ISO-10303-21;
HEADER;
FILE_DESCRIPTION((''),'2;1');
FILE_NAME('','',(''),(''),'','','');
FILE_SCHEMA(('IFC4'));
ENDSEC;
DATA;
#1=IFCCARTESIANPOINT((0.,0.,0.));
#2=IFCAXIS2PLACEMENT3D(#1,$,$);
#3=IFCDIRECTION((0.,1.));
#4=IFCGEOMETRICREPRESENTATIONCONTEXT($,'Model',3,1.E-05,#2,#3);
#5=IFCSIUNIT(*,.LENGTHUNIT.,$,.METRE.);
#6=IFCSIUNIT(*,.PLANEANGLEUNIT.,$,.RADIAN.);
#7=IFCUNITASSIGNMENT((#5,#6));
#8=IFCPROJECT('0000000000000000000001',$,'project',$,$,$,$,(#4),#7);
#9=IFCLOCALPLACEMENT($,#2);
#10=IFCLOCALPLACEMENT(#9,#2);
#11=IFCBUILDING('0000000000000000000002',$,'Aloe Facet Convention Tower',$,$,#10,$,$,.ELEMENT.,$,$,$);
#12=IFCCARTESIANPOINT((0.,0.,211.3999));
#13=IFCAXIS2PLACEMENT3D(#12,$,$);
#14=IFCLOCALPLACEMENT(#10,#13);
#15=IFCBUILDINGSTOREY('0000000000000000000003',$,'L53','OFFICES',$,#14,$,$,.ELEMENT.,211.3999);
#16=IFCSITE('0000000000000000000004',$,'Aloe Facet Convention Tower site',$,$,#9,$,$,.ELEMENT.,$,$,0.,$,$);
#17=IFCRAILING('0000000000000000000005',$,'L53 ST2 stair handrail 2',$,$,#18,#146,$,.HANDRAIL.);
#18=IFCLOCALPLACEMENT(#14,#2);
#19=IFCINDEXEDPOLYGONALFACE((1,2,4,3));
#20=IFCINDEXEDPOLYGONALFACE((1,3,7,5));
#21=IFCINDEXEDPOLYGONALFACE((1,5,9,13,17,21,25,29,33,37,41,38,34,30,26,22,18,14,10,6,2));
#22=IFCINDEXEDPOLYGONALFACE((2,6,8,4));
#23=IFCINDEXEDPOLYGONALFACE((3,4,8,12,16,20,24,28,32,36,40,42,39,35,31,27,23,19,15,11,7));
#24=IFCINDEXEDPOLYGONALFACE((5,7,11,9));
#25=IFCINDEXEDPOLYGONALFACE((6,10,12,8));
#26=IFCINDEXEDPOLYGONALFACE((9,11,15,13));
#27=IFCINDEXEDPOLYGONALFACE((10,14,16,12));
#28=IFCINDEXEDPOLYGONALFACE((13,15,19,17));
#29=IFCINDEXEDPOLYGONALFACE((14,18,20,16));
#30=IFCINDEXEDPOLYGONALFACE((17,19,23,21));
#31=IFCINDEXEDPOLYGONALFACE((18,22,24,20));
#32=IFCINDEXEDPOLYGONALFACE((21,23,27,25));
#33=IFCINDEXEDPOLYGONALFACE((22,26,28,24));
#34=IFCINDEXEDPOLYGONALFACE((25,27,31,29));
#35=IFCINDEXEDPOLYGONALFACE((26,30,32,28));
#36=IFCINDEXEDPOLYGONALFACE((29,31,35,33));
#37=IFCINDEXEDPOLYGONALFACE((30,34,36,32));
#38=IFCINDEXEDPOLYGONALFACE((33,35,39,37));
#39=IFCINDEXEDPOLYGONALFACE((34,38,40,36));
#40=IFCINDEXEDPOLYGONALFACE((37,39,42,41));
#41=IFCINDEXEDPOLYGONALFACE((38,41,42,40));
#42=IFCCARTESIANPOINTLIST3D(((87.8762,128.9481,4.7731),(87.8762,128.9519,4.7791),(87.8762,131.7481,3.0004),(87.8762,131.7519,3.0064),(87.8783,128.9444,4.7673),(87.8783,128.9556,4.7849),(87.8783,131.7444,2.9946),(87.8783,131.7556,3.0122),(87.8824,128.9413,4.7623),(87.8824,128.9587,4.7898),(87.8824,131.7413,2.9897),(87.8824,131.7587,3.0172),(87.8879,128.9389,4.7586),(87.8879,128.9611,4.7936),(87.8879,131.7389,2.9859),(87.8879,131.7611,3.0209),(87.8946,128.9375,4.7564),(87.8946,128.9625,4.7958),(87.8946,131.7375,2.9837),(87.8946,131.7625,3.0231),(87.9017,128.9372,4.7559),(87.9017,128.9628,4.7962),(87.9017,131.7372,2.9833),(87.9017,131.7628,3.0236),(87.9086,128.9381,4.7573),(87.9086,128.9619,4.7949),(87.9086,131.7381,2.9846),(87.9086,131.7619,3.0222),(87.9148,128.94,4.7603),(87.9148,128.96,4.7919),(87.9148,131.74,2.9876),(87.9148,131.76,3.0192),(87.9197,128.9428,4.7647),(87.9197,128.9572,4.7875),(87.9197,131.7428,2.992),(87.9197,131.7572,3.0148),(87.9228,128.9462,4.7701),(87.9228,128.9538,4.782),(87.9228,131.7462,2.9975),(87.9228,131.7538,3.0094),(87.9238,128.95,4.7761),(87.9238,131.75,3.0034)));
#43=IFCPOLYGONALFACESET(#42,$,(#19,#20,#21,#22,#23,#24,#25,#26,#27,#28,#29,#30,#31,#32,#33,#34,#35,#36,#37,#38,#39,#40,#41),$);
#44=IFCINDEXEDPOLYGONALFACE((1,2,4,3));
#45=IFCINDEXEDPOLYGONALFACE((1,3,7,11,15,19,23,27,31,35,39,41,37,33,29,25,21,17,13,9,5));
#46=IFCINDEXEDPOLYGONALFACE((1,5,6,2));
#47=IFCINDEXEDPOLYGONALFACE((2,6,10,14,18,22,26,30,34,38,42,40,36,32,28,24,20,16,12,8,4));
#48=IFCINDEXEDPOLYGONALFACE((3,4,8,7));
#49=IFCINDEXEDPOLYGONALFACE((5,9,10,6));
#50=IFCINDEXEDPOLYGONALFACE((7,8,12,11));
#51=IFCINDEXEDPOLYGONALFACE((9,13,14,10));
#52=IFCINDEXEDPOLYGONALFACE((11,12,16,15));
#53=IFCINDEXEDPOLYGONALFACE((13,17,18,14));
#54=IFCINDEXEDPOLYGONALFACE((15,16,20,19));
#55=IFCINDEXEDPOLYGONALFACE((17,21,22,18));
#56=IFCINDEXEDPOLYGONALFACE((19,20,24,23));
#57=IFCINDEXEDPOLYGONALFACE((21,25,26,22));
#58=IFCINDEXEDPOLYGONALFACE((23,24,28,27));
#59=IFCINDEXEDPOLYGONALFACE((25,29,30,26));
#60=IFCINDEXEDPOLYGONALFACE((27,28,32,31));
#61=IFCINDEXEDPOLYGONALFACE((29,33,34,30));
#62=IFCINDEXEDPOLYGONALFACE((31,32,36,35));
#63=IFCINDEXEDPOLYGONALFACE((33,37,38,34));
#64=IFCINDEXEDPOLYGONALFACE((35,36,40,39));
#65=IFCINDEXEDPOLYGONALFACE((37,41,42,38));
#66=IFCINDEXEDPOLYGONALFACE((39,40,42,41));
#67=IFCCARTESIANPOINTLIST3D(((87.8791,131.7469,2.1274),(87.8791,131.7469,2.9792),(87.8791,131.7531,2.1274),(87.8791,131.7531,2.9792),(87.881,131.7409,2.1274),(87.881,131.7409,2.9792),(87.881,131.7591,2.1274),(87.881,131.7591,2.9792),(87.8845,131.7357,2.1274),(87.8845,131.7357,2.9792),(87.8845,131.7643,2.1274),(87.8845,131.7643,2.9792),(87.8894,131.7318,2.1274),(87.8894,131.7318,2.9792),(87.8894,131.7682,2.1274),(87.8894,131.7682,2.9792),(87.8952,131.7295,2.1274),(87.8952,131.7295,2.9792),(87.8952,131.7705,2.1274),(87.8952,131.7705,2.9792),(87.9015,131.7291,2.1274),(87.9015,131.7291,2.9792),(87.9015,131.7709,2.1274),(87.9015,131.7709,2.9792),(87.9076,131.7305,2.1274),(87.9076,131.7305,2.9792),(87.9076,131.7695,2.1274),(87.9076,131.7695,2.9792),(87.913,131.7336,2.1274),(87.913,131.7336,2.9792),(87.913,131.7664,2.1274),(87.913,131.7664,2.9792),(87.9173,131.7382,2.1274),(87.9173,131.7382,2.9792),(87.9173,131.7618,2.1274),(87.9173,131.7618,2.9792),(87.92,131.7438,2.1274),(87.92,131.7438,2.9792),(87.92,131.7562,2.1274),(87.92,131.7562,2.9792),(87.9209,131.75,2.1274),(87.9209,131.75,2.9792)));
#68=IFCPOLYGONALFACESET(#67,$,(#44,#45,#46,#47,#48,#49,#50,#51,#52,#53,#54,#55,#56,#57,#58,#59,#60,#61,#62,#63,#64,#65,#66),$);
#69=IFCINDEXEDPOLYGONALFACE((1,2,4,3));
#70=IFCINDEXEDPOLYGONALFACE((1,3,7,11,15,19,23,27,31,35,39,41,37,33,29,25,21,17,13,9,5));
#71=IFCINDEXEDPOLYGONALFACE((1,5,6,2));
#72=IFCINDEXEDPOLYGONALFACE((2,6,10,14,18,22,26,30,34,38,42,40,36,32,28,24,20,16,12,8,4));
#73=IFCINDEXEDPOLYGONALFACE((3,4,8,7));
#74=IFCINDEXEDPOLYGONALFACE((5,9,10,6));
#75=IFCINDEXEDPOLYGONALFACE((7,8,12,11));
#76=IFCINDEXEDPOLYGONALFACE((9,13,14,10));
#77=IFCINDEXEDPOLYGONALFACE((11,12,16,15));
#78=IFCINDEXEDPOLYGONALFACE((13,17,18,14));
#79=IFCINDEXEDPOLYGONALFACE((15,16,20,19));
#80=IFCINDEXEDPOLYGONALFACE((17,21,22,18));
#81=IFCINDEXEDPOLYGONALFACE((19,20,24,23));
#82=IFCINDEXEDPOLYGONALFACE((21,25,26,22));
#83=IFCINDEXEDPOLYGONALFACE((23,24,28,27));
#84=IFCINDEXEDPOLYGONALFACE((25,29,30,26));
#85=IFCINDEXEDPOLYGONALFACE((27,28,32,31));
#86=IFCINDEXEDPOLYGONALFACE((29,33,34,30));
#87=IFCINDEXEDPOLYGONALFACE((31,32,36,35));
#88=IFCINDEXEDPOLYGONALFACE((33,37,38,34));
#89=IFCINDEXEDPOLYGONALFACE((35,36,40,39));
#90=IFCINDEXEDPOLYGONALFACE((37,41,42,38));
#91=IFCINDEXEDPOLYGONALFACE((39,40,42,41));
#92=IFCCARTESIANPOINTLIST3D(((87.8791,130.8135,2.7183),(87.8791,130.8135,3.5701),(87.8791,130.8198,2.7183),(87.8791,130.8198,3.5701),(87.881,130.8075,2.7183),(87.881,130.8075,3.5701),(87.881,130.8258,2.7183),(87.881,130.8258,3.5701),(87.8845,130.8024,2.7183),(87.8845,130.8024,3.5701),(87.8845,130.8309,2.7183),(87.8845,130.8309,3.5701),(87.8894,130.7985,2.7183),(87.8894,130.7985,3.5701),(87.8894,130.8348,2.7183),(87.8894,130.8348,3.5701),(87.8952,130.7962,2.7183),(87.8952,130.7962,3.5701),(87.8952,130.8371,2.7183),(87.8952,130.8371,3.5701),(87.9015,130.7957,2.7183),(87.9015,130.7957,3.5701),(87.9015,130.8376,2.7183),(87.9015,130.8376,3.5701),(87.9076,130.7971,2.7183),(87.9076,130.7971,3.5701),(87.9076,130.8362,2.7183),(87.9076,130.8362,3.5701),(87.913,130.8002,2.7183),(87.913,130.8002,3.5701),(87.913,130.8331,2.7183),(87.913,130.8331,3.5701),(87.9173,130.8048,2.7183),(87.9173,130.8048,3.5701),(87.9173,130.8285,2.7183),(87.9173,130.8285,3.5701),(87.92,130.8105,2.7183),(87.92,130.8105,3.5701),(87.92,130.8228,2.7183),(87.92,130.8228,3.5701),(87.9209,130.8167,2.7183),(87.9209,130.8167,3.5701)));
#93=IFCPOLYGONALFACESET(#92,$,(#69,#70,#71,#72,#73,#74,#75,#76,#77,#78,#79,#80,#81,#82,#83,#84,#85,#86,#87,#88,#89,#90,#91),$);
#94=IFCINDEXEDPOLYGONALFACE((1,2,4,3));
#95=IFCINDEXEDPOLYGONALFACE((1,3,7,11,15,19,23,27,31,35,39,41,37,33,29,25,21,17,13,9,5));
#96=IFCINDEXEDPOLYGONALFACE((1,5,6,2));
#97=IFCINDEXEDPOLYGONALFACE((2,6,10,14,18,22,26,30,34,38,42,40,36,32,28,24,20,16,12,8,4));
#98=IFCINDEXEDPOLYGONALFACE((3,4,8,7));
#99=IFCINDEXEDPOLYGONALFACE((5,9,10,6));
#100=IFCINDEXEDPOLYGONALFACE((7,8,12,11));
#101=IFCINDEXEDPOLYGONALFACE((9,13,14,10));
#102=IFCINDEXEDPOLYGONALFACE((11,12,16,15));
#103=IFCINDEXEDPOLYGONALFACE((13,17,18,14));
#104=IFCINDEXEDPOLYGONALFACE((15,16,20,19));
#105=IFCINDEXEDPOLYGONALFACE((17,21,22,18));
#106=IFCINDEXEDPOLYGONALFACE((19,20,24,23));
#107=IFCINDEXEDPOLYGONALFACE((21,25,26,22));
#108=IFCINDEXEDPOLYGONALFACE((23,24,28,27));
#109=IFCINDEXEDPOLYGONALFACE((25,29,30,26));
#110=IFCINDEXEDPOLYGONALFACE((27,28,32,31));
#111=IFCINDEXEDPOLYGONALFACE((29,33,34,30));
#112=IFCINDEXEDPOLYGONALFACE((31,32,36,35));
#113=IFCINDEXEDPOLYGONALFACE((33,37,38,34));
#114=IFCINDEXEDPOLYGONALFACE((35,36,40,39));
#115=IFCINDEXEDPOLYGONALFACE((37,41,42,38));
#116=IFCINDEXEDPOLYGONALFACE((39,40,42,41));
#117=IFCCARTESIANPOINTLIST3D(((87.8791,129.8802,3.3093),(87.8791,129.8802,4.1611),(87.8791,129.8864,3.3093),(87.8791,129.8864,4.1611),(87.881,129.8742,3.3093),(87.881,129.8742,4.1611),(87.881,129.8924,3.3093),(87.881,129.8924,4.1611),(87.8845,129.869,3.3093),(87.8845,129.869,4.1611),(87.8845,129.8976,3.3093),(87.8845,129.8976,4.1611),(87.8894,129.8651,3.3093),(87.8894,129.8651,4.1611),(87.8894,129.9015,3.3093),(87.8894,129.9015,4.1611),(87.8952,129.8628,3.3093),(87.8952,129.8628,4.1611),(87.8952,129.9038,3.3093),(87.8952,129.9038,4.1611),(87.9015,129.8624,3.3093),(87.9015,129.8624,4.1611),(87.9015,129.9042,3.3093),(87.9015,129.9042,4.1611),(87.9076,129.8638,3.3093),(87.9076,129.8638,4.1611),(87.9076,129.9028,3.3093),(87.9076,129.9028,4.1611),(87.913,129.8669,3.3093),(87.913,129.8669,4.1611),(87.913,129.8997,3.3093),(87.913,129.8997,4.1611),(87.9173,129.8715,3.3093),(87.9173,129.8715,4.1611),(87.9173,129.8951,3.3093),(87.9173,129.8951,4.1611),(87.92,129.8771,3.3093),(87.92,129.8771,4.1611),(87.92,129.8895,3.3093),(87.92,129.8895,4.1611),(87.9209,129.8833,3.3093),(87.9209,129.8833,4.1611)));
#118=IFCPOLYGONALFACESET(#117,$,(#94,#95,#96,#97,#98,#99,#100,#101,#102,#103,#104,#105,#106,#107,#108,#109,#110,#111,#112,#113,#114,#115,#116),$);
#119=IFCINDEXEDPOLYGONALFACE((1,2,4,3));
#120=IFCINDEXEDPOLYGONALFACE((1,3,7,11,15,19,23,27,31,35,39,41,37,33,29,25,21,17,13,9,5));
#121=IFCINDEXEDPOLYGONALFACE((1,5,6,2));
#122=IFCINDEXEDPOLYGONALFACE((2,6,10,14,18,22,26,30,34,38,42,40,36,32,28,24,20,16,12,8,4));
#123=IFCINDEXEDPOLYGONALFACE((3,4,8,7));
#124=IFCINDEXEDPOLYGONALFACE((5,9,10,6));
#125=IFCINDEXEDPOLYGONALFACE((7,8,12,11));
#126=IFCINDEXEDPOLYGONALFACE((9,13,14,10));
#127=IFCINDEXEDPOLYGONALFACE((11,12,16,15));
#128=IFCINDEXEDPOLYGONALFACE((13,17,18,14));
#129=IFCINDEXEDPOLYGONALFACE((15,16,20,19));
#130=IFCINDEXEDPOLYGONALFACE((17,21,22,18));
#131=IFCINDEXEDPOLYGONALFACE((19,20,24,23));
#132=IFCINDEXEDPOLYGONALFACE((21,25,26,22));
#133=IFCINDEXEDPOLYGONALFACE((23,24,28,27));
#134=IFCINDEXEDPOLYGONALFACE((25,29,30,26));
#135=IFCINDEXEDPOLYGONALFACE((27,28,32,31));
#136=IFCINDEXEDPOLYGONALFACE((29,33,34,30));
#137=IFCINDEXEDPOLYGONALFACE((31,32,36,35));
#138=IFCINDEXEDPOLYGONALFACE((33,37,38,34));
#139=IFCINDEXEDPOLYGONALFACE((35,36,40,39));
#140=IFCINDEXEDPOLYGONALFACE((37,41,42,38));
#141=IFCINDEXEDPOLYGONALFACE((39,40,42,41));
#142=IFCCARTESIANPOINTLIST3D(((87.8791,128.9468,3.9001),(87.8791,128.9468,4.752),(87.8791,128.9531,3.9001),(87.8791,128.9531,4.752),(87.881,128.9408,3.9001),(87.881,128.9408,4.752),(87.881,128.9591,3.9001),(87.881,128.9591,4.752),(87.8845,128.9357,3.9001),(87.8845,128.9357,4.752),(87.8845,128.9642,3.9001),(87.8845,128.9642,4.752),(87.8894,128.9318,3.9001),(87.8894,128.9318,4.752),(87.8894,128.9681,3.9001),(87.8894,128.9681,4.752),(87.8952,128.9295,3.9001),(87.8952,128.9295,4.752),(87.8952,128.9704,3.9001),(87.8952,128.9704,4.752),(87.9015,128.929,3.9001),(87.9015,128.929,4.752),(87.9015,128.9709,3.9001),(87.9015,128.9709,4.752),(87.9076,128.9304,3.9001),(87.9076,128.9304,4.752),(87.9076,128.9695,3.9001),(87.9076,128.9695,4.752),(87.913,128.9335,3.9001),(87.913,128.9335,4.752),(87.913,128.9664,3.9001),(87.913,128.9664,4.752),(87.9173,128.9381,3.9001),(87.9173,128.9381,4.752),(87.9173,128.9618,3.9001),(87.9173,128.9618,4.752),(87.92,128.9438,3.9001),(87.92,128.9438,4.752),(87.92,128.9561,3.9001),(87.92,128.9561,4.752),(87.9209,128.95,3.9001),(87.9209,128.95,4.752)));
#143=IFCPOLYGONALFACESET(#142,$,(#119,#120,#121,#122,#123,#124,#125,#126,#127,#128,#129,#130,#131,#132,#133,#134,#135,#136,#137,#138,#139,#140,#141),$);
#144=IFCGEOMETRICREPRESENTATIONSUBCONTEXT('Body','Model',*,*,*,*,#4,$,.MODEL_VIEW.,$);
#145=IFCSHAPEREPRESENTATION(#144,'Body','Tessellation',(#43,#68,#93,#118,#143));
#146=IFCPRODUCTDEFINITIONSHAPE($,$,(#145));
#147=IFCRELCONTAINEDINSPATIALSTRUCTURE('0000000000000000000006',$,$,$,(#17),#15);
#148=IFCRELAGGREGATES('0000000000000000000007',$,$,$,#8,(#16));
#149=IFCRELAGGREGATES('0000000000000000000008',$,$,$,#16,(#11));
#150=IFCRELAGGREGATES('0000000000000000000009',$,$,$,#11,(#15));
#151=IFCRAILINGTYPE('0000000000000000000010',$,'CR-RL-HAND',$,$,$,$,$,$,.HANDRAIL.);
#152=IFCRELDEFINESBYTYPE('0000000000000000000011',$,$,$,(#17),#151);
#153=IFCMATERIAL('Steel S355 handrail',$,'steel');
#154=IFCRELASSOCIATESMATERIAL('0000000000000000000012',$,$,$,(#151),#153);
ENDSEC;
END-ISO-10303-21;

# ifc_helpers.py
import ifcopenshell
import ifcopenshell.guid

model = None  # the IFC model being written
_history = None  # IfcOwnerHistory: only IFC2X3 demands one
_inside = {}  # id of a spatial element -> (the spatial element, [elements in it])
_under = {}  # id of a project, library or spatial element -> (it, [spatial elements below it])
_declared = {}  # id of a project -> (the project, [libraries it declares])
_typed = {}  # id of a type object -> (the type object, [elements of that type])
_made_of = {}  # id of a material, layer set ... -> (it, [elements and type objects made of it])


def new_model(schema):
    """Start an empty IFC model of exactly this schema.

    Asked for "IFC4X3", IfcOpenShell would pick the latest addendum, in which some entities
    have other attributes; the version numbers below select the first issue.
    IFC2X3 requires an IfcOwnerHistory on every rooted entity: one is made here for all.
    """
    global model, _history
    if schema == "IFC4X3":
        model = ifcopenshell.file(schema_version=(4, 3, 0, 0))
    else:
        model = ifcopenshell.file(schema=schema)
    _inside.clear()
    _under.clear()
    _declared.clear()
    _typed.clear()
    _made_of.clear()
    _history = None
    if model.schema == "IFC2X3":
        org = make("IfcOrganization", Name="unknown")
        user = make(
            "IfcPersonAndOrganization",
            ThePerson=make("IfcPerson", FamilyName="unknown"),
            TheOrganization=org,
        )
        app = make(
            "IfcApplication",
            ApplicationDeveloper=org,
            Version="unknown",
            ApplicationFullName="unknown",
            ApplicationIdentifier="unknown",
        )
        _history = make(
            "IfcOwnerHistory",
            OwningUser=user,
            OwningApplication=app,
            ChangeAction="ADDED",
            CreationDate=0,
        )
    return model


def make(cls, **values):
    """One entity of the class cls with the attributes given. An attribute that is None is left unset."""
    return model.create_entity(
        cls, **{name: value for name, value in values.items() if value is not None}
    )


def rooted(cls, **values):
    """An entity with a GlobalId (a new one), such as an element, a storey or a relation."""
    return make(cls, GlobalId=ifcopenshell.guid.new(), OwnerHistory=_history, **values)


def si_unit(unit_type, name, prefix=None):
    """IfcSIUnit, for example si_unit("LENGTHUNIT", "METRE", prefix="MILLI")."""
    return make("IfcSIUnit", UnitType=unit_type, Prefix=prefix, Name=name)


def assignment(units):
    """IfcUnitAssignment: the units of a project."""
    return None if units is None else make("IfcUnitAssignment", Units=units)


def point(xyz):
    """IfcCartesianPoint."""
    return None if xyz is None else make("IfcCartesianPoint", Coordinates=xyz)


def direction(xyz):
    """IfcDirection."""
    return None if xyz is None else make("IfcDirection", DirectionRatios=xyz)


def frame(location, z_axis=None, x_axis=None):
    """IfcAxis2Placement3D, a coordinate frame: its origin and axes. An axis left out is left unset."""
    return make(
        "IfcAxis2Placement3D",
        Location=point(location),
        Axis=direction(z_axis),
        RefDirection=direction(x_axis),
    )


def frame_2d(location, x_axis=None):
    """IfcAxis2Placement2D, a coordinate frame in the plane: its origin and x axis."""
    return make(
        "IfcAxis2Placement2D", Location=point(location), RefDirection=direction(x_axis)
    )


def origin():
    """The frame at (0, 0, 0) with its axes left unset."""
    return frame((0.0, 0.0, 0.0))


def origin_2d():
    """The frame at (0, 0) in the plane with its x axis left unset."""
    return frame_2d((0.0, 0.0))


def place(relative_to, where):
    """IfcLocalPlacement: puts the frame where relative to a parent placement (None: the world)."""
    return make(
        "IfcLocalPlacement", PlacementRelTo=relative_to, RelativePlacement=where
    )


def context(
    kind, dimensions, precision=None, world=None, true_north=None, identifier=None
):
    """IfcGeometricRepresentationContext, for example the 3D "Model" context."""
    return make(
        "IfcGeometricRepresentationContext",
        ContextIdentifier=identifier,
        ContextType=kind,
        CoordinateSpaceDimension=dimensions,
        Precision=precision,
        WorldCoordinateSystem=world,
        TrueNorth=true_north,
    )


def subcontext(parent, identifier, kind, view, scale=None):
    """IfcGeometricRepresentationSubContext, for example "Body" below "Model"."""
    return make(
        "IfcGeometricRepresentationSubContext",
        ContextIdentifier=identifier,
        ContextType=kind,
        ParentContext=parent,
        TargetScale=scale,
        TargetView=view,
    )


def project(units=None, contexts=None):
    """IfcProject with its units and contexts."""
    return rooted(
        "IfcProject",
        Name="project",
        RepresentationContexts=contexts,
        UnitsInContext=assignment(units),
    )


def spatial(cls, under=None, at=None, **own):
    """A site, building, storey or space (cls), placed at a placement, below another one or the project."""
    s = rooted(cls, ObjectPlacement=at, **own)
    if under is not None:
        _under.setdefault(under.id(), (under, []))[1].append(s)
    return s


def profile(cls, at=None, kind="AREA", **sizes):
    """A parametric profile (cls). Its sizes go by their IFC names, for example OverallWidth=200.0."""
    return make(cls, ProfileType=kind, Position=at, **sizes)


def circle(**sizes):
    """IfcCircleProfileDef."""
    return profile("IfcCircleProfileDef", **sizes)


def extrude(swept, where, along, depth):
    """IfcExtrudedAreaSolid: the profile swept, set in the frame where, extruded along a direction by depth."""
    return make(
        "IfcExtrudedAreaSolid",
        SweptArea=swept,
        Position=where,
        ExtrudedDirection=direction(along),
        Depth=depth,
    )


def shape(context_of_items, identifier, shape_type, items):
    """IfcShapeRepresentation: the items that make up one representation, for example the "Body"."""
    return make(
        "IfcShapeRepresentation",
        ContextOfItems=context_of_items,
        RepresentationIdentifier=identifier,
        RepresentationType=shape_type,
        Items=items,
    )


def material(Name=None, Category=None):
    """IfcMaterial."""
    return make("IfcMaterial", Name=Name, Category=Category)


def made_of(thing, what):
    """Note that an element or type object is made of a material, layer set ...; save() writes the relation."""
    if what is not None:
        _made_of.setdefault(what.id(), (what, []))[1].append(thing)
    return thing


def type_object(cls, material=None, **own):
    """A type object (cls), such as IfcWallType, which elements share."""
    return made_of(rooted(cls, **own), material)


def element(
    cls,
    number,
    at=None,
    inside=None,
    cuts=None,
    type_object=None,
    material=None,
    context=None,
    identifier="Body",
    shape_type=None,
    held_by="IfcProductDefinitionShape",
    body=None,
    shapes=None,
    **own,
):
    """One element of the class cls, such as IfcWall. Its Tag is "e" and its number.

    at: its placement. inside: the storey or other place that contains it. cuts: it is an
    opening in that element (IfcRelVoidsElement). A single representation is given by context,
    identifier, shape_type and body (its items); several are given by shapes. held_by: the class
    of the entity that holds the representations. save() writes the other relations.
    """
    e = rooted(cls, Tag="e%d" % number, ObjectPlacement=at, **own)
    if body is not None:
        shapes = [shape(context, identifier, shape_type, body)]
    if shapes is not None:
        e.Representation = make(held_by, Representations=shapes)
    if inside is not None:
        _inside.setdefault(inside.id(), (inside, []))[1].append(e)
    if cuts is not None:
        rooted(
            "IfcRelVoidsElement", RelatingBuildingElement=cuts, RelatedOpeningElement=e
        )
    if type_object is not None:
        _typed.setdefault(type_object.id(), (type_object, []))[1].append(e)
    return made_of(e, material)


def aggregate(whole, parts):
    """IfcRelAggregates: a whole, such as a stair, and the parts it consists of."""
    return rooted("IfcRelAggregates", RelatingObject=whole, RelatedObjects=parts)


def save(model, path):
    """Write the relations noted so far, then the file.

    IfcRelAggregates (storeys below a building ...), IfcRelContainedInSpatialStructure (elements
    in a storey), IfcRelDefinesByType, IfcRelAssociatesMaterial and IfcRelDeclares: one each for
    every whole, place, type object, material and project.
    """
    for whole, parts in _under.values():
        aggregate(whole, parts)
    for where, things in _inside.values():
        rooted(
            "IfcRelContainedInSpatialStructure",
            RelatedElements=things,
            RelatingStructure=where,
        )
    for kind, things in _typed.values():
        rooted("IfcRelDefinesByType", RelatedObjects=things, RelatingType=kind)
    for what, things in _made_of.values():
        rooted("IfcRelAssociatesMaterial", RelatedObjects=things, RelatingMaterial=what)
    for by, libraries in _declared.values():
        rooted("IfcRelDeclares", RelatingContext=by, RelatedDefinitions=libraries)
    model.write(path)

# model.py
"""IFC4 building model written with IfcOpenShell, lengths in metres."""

from ifc_helpers import new_model, si_unit, direction, frame, origin, origin_2d, place, context, subcontext, project, spatial, circle, extrude, material, type_object, element, save


model = new_model("IFC4")

# Units and contexts
model_context = context("Model", 3, precision=1e-05, world=origin(), true_north=direction((0.0, 1.0)))
body_context = subcontext(model_context, "Body", "Model", "MODEL_VIEW")
ifc_project = project(units=[si_unit("LENGTHUNIT", "METRE"), si_unit("PLANEANGLEUNIT", "RADIAN")], contexts=[model_context])

# Site, building, storey
site_placement = place(None, origin())
site = spatial("IfcSite", under=ifc_project, at=site_placement, Name="Aloe Facet Convention Tower site", CompositionType="ELEMENT", RefElevation=0.0)
building_placement = place(site_placement, origin())
building = spatial("IfcBuilding", under=site, at=building_placement, Name="Aloe Facet Convention Tower", CompositionType="ELEMENT")
storey_placement = place(building_placement, frame((0.0, 0.0, 211.3999)))
storey = spatial("IfcBuildingStorey", under=building, at=storey_placement, Name="L53", Description="OFFICES", CompositionType="ELEMENT", Elevation=211.3999)

# Railing
ifc_material_1 = material(Name="Steel S355 handrail", Category="steel")
railing_type_1 = type_object("IfcRailingType", Name="CR-RL-HAND", PredefinedType="HANDRAIL", material=ifc_material_1)
railing_1_placement = place(storey_placement, frame((87.8999, 131.75, 2.1274)))
element("IfcRailing", 1, at=railing_1_placement, inside=storey, type_object=railing_type_1, Name="L53 ST2 stair handrail 2", PredefinedType="HANDRAIL", context=body_context, shape_type="SweptSolid", body=[
    extrude(circle(Radius=0.0239, at=origin_2d()), frame((0.0, 0.0, 0.876), z_axis=(0.0, -0.844909, 0.53491), x_axis=(1.0, 0.0, 0.0)), (0.0, 0.0, 1.0), 3.314),
    extrude(circle(Radius=0.021, at=origin_2d()), origin(), (0.0, 0.0, 1.0), 0.8518),
    extrude(circle(Radius=0.021, at=origin_2d()), frame((0.0, -0.9333, 0.5908)), (0.0, 0.0, 1.0), 0.8518),
    extrude(circle(Radius=0.021, at=origin_2d()), frame((0.0, -1.8667, 1.1819)), (0.0, 0.0, 1.0), 0.8518),
    extrude(circle(Radius=0.021, at=origin_2d()), frame((0.0, -2.8, 1.7727)), (0.0, 0.0, 1.0), 0.8518),
])

save(model, "model.ifc")
